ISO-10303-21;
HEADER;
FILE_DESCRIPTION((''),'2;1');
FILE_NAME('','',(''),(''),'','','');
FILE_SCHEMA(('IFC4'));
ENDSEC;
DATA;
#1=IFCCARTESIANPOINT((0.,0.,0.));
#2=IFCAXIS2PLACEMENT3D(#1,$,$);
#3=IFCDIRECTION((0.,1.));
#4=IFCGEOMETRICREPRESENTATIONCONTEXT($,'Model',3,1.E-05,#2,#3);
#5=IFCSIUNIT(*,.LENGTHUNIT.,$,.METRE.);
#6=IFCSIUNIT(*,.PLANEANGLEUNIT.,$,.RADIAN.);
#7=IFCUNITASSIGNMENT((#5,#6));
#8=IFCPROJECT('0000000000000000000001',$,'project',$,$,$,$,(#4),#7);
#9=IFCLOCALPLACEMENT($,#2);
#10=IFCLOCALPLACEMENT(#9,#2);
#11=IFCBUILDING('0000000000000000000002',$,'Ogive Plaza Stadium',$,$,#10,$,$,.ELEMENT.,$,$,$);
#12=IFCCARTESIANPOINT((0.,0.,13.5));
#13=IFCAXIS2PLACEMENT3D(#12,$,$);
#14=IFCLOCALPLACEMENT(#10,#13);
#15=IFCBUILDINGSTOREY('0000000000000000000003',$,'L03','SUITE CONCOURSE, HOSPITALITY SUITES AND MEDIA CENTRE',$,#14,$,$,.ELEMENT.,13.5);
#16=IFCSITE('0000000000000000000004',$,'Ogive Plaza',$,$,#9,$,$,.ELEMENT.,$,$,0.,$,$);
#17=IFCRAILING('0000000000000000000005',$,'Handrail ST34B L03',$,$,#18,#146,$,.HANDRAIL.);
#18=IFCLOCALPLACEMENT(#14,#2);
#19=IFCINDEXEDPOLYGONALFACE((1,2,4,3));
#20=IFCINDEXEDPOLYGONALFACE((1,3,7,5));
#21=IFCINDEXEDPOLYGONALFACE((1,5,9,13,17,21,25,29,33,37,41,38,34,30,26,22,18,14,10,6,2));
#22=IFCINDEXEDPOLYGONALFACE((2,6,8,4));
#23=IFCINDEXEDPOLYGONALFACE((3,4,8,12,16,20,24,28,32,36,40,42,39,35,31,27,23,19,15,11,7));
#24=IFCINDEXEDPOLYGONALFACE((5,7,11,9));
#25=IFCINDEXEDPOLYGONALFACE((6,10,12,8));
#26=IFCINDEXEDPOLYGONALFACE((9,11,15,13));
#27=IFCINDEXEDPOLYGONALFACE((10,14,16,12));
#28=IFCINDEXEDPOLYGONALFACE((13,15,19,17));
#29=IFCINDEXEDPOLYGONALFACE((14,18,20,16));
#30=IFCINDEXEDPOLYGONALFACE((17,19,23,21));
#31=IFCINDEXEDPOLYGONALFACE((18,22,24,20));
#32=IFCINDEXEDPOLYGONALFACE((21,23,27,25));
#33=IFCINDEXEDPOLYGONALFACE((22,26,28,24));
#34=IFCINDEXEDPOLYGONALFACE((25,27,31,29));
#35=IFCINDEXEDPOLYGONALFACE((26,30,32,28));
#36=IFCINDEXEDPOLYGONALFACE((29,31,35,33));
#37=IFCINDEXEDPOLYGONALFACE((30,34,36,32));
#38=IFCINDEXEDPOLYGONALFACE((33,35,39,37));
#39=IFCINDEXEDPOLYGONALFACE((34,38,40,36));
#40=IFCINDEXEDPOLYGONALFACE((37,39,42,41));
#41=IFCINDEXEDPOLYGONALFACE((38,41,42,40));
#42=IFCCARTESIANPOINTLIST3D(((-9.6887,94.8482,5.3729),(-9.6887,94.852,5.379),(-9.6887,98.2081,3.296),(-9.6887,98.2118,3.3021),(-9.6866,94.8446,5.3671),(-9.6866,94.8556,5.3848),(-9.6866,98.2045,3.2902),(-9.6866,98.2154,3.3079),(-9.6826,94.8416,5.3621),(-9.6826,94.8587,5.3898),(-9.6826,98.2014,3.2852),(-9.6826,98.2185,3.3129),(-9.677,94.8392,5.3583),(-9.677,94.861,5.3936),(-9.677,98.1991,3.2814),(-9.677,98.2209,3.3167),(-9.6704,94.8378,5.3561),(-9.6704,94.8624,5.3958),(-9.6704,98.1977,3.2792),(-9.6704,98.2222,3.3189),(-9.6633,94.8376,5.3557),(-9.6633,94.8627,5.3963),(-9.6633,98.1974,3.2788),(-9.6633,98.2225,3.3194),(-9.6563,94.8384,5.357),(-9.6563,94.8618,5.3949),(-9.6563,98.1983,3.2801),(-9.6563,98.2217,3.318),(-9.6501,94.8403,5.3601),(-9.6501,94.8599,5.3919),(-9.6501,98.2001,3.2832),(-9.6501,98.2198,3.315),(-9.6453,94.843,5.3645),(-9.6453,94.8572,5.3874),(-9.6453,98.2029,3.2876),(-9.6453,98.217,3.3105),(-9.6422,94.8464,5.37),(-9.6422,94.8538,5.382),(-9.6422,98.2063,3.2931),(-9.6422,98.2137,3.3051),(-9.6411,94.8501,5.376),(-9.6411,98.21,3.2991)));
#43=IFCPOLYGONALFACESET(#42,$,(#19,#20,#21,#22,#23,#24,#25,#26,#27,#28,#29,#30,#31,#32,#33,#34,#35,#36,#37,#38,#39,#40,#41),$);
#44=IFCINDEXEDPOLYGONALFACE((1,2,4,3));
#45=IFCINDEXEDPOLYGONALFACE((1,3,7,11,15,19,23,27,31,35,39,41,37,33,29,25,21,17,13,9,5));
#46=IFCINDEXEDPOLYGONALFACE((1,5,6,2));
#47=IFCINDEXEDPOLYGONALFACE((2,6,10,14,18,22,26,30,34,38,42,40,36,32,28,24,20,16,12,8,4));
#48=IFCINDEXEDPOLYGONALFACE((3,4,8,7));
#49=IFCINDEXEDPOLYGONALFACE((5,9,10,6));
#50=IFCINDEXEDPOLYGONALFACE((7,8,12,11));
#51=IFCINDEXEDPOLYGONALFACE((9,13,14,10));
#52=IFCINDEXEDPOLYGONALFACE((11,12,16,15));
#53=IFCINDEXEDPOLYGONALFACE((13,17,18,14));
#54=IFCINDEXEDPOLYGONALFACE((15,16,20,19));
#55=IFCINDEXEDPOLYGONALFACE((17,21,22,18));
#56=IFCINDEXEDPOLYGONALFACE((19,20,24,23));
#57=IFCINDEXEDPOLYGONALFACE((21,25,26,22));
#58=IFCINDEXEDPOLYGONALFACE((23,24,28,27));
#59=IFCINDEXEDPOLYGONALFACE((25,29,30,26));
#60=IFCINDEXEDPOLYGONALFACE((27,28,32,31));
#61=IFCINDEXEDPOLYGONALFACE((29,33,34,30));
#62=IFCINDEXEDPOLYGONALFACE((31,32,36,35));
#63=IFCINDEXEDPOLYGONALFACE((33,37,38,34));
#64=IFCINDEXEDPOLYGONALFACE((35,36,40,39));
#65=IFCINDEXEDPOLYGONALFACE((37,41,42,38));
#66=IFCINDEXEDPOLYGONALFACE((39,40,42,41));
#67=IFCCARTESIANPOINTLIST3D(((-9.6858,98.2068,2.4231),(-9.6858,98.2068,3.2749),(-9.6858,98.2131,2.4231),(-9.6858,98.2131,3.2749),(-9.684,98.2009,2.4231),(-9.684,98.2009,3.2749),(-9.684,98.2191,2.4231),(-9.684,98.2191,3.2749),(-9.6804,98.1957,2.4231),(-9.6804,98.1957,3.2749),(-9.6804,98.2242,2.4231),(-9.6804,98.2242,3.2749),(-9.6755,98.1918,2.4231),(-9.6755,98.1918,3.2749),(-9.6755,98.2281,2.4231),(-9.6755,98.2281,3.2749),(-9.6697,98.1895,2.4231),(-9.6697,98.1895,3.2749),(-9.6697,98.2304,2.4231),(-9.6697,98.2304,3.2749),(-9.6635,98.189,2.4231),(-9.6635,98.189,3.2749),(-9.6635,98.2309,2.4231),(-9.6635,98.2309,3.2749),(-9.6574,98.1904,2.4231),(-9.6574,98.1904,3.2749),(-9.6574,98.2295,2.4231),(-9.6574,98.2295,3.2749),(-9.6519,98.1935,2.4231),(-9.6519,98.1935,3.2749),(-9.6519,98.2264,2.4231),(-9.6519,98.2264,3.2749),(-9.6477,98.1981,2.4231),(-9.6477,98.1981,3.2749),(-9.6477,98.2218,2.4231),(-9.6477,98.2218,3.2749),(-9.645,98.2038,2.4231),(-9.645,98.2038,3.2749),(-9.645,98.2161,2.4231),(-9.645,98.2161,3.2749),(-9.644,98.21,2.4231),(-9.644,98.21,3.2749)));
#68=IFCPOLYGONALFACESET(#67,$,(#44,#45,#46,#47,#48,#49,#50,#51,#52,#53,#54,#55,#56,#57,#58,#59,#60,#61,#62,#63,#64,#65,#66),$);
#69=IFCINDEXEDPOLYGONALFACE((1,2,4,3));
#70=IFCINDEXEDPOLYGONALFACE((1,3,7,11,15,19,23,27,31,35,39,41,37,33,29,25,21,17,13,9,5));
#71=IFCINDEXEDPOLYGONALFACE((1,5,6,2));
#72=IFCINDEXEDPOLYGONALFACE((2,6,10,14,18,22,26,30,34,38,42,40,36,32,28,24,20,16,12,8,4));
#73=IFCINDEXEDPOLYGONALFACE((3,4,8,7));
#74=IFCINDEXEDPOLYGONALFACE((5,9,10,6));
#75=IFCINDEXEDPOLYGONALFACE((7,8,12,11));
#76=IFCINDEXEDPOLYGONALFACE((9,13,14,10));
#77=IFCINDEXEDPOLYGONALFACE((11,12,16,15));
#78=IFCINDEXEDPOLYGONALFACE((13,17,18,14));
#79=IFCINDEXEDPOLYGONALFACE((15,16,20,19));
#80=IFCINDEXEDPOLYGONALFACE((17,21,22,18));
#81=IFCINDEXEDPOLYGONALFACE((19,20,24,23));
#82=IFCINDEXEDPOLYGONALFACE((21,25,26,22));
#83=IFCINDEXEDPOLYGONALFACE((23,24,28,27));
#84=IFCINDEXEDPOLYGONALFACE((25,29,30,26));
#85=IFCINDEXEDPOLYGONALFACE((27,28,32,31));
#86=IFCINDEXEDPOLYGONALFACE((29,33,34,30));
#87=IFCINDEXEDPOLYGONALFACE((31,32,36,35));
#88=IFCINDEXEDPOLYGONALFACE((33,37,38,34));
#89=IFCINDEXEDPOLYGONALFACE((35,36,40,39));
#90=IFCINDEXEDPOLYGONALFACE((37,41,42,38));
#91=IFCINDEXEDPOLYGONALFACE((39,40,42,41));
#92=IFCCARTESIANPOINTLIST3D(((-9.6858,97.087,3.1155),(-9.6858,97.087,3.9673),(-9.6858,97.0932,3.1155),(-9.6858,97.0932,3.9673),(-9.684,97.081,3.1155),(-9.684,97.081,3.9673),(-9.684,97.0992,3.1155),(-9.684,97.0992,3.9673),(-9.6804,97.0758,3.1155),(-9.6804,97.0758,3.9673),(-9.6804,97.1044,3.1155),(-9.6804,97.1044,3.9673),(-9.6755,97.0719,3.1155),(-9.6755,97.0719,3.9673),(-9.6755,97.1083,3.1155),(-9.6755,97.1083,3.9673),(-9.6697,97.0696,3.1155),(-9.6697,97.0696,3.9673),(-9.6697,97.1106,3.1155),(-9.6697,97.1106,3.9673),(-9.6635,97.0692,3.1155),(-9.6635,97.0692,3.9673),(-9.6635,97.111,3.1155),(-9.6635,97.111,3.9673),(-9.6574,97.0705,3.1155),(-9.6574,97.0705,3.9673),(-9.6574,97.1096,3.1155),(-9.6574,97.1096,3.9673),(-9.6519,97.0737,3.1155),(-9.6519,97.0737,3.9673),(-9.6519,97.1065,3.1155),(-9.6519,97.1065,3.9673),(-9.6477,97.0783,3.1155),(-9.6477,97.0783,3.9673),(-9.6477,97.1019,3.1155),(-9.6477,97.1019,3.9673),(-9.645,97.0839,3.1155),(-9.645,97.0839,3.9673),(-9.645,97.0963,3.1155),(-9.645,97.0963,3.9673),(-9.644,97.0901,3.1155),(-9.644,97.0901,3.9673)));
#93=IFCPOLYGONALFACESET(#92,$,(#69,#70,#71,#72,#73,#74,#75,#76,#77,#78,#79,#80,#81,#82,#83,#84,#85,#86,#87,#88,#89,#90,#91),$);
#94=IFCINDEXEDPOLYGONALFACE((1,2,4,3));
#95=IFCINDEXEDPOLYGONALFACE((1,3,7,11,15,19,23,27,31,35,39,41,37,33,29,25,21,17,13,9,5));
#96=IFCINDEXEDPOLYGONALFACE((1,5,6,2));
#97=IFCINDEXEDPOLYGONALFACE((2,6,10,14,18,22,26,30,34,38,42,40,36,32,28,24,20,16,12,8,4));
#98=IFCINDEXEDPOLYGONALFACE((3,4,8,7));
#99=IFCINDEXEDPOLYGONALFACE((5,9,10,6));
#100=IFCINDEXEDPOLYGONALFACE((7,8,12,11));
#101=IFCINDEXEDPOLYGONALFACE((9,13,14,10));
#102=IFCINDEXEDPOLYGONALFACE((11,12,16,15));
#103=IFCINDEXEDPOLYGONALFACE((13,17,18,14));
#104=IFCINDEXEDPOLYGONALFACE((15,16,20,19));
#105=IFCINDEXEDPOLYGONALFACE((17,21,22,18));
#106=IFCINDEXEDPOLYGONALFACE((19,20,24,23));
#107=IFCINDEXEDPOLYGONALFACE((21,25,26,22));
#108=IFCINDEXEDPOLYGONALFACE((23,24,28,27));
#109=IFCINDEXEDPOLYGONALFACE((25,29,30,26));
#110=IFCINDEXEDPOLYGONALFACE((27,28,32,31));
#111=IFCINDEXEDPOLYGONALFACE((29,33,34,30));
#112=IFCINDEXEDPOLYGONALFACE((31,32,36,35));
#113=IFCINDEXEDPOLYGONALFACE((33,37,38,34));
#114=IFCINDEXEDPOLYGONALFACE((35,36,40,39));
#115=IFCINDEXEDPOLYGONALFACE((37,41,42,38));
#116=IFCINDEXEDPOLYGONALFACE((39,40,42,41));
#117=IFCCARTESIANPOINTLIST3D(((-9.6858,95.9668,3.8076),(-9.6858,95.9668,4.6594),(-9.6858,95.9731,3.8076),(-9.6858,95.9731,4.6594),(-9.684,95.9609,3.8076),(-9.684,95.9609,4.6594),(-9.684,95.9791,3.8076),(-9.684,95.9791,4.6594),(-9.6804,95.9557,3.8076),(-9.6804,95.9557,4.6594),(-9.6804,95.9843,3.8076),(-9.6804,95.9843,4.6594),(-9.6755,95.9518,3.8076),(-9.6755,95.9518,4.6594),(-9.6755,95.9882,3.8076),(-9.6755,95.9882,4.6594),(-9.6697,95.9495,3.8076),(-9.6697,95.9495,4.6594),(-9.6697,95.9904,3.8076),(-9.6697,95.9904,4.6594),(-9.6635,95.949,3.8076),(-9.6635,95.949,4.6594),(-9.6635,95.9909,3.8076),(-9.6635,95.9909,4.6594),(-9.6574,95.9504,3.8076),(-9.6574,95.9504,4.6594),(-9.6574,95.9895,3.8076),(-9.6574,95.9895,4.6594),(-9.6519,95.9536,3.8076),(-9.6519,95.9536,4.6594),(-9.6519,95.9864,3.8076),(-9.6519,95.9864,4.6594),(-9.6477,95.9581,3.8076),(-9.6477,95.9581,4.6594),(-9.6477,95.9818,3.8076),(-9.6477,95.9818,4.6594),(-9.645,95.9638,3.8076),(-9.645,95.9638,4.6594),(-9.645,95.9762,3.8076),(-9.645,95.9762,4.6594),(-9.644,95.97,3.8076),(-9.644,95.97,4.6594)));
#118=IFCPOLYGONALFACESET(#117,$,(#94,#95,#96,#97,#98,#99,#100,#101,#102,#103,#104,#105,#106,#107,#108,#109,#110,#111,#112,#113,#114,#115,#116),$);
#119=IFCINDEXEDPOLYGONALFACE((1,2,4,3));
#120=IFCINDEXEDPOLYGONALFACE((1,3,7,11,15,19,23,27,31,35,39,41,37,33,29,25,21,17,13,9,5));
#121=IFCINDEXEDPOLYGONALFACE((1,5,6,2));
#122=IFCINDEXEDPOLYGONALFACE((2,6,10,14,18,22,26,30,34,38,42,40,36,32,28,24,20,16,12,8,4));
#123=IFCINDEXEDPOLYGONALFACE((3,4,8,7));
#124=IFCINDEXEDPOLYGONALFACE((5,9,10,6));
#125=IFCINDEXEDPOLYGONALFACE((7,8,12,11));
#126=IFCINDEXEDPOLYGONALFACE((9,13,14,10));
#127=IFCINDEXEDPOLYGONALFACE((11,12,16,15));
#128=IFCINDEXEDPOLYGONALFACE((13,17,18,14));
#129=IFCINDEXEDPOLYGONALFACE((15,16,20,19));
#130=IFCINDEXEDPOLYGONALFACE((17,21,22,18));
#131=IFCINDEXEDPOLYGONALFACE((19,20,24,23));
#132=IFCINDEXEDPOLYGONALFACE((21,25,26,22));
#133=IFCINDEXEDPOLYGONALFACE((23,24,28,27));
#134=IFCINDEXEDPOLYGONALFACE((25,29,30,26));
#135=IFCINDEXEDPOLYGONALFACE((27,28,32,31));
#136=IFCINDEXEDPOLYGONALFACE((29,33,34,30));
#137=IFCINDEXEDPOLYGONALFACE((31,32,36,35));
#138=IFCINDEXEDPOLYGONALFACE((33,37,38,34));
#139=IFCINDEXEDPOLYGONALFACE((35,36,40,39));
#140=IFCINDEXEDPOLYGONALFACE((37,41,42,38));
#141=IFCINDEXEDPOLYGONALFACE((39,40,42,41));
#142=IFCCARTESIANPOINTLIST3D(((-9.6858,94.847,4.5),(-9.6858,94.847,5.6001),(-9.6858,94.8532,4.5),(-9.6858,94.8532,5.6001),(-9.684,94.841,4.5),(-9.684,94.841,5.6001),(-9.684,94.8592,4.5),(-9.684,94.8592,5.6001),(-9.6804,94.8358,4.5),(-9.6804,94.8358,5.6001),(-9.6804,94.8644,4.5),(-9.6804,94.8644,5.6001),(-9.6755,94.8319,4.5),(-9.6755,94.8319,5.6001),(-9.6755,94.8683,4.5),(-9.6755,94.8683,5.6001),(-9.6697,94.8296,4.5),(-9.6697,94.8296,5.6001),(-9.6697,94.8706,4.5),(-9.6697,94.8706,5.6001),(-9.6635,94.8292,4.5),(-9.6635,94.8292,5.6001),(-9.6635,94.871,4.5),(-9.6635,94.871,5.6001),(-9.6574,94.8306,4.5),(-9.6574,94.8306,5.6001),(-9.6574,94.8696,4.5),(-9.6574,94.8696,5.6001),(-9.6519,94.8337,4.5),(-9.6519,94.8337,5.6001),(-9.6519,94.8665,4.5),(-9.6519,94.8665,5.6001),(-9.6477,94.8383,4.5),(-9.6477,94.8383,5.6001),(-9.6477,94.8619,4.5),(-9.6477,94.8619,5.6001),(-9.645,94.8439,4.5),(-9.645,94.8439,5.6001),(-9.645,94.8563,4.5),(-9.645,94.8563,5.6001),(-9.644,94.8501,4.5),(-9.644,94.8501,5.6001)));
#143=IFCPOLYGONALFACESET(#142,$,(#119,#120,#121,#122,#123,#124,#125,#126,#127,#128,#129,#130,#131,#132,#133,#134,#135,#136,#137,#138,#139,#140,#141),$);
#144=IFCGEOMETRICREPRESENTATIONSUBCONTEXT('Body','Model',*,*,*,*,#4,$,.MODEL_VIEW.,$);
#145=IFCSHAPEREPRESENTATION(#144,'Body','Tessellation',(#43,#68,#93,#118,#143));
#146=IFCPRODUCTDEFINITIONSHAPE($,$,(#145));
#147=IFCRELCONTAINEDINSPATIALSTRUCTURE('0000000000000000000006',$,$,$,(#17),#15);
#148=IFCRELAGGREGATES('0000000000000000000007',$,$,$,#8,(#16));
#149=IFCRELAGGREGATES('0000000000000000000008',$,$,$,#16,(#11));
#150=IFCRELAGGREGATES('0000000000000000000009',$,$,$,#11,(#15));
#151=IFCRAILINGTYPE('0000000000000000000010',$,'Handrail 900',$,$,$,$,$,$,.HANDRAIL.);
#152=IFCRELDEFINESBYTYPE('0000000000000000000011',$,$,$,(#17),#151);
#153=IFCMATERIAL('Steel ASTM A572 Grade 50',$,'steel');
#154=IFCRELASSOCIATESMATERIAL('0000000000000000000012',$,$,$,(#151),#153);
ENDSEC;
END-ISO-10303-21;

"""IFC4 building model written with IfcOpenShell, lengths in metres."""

from ifc_helpers import new_model, si_unit, direction, frame, origin, origin_2d, place, context, subcontext, project, spatial, circle, extrude, material, type_object, element, save


model = new_model("IFC4")

# Units and contexts
model_context = context("Model", 3, precision=1e-05, world=origin(), true_north=direction((0.0, 1.0)))
body_context = subcontext(model_context, "Body", "Model", "MODEL_VIEW")
ifc_project = project(units=[si_unit("LENGTHUNIT", "METRE"), si_unit("PLANEANGLEUNIT", "RADIAN")], contexts=[model_context])

# Site, building, storey
site_placement = place(None, origin())
site = spatial("IfcSite", under=ifc_project, at=site_placement, Name="Ogive Plaza", CompositionType="ELEMENT", RefElevation=0.0)
building_placement = place(site_placement, origin())
building = spatial("IfcBuilding", under=site, at=building_placement, Name="Ogive Plaza Stadium", CompositionType="ELEMENT")
storey_placement = place(building_placement, frame((0.0, 0.0, 13.5)))
storey = spatial("IfcBuildingStorey", under=building, at=storey_placement, Name="L03", Description="SUITE CONCOURSE, HOSPITALITY SUITES AND MEDIA CENTRE", CompositionType="ELEMENT", Elevation=13.5)

# Railing
ifc_material_1 = material(Name="Steel ASTM A572 Grade 50", Category="steel")
railing_type_1 = type_object("IfcRailingType", Name="Handrail 900", PredefinedType="HANDRAIL", material=ifc_material_1)
for number, where, name in (
    (1, (-9.665, 98.21, 2.4231), "Handrail ST34B L03"),
):
    element("IfcRailing", number, at=place(storey_placement, frame(where)), inside=storey, type_object=railing_type_1, Name=name, PredefinedType="HANDRAIL", context=body_context, shape_type="SweptSolid", body=[
        extrude(circle(Radius=0.0239, at=origin_2d()), frame((0.0, 0.0, 0.876), z_axis=(0.0, -0.850606, 0.525803), x_axis=(1.0, 0.0, 0.0)), (0.0, 0.0, 1.0), 3.95),
        extrude(circle(Radius=0.021, at=origin_2d()), origin(), (0.0, 0.0, 1.0), 0.8518),
        extrude(circle(Radius=0.021, at=origin_2d()), frame((0.0, -1.1199, 0.6924)), (0.0, 0.0, 1.0), 0.8518),
        extrude(circle(Radius=0.021, at=origin_2d()), frame((0.0, -2.24, 1.3845)), (0.0, 0.0, 1.0), 0.8518),
        extrude(circle(Radius=0.021, at=origin_2d()), frame((0.0, -3.3599, 2.0769)), (0.0, 0.0, 1.0), 1.1001),
    ])

save(model, "model.ifc")
